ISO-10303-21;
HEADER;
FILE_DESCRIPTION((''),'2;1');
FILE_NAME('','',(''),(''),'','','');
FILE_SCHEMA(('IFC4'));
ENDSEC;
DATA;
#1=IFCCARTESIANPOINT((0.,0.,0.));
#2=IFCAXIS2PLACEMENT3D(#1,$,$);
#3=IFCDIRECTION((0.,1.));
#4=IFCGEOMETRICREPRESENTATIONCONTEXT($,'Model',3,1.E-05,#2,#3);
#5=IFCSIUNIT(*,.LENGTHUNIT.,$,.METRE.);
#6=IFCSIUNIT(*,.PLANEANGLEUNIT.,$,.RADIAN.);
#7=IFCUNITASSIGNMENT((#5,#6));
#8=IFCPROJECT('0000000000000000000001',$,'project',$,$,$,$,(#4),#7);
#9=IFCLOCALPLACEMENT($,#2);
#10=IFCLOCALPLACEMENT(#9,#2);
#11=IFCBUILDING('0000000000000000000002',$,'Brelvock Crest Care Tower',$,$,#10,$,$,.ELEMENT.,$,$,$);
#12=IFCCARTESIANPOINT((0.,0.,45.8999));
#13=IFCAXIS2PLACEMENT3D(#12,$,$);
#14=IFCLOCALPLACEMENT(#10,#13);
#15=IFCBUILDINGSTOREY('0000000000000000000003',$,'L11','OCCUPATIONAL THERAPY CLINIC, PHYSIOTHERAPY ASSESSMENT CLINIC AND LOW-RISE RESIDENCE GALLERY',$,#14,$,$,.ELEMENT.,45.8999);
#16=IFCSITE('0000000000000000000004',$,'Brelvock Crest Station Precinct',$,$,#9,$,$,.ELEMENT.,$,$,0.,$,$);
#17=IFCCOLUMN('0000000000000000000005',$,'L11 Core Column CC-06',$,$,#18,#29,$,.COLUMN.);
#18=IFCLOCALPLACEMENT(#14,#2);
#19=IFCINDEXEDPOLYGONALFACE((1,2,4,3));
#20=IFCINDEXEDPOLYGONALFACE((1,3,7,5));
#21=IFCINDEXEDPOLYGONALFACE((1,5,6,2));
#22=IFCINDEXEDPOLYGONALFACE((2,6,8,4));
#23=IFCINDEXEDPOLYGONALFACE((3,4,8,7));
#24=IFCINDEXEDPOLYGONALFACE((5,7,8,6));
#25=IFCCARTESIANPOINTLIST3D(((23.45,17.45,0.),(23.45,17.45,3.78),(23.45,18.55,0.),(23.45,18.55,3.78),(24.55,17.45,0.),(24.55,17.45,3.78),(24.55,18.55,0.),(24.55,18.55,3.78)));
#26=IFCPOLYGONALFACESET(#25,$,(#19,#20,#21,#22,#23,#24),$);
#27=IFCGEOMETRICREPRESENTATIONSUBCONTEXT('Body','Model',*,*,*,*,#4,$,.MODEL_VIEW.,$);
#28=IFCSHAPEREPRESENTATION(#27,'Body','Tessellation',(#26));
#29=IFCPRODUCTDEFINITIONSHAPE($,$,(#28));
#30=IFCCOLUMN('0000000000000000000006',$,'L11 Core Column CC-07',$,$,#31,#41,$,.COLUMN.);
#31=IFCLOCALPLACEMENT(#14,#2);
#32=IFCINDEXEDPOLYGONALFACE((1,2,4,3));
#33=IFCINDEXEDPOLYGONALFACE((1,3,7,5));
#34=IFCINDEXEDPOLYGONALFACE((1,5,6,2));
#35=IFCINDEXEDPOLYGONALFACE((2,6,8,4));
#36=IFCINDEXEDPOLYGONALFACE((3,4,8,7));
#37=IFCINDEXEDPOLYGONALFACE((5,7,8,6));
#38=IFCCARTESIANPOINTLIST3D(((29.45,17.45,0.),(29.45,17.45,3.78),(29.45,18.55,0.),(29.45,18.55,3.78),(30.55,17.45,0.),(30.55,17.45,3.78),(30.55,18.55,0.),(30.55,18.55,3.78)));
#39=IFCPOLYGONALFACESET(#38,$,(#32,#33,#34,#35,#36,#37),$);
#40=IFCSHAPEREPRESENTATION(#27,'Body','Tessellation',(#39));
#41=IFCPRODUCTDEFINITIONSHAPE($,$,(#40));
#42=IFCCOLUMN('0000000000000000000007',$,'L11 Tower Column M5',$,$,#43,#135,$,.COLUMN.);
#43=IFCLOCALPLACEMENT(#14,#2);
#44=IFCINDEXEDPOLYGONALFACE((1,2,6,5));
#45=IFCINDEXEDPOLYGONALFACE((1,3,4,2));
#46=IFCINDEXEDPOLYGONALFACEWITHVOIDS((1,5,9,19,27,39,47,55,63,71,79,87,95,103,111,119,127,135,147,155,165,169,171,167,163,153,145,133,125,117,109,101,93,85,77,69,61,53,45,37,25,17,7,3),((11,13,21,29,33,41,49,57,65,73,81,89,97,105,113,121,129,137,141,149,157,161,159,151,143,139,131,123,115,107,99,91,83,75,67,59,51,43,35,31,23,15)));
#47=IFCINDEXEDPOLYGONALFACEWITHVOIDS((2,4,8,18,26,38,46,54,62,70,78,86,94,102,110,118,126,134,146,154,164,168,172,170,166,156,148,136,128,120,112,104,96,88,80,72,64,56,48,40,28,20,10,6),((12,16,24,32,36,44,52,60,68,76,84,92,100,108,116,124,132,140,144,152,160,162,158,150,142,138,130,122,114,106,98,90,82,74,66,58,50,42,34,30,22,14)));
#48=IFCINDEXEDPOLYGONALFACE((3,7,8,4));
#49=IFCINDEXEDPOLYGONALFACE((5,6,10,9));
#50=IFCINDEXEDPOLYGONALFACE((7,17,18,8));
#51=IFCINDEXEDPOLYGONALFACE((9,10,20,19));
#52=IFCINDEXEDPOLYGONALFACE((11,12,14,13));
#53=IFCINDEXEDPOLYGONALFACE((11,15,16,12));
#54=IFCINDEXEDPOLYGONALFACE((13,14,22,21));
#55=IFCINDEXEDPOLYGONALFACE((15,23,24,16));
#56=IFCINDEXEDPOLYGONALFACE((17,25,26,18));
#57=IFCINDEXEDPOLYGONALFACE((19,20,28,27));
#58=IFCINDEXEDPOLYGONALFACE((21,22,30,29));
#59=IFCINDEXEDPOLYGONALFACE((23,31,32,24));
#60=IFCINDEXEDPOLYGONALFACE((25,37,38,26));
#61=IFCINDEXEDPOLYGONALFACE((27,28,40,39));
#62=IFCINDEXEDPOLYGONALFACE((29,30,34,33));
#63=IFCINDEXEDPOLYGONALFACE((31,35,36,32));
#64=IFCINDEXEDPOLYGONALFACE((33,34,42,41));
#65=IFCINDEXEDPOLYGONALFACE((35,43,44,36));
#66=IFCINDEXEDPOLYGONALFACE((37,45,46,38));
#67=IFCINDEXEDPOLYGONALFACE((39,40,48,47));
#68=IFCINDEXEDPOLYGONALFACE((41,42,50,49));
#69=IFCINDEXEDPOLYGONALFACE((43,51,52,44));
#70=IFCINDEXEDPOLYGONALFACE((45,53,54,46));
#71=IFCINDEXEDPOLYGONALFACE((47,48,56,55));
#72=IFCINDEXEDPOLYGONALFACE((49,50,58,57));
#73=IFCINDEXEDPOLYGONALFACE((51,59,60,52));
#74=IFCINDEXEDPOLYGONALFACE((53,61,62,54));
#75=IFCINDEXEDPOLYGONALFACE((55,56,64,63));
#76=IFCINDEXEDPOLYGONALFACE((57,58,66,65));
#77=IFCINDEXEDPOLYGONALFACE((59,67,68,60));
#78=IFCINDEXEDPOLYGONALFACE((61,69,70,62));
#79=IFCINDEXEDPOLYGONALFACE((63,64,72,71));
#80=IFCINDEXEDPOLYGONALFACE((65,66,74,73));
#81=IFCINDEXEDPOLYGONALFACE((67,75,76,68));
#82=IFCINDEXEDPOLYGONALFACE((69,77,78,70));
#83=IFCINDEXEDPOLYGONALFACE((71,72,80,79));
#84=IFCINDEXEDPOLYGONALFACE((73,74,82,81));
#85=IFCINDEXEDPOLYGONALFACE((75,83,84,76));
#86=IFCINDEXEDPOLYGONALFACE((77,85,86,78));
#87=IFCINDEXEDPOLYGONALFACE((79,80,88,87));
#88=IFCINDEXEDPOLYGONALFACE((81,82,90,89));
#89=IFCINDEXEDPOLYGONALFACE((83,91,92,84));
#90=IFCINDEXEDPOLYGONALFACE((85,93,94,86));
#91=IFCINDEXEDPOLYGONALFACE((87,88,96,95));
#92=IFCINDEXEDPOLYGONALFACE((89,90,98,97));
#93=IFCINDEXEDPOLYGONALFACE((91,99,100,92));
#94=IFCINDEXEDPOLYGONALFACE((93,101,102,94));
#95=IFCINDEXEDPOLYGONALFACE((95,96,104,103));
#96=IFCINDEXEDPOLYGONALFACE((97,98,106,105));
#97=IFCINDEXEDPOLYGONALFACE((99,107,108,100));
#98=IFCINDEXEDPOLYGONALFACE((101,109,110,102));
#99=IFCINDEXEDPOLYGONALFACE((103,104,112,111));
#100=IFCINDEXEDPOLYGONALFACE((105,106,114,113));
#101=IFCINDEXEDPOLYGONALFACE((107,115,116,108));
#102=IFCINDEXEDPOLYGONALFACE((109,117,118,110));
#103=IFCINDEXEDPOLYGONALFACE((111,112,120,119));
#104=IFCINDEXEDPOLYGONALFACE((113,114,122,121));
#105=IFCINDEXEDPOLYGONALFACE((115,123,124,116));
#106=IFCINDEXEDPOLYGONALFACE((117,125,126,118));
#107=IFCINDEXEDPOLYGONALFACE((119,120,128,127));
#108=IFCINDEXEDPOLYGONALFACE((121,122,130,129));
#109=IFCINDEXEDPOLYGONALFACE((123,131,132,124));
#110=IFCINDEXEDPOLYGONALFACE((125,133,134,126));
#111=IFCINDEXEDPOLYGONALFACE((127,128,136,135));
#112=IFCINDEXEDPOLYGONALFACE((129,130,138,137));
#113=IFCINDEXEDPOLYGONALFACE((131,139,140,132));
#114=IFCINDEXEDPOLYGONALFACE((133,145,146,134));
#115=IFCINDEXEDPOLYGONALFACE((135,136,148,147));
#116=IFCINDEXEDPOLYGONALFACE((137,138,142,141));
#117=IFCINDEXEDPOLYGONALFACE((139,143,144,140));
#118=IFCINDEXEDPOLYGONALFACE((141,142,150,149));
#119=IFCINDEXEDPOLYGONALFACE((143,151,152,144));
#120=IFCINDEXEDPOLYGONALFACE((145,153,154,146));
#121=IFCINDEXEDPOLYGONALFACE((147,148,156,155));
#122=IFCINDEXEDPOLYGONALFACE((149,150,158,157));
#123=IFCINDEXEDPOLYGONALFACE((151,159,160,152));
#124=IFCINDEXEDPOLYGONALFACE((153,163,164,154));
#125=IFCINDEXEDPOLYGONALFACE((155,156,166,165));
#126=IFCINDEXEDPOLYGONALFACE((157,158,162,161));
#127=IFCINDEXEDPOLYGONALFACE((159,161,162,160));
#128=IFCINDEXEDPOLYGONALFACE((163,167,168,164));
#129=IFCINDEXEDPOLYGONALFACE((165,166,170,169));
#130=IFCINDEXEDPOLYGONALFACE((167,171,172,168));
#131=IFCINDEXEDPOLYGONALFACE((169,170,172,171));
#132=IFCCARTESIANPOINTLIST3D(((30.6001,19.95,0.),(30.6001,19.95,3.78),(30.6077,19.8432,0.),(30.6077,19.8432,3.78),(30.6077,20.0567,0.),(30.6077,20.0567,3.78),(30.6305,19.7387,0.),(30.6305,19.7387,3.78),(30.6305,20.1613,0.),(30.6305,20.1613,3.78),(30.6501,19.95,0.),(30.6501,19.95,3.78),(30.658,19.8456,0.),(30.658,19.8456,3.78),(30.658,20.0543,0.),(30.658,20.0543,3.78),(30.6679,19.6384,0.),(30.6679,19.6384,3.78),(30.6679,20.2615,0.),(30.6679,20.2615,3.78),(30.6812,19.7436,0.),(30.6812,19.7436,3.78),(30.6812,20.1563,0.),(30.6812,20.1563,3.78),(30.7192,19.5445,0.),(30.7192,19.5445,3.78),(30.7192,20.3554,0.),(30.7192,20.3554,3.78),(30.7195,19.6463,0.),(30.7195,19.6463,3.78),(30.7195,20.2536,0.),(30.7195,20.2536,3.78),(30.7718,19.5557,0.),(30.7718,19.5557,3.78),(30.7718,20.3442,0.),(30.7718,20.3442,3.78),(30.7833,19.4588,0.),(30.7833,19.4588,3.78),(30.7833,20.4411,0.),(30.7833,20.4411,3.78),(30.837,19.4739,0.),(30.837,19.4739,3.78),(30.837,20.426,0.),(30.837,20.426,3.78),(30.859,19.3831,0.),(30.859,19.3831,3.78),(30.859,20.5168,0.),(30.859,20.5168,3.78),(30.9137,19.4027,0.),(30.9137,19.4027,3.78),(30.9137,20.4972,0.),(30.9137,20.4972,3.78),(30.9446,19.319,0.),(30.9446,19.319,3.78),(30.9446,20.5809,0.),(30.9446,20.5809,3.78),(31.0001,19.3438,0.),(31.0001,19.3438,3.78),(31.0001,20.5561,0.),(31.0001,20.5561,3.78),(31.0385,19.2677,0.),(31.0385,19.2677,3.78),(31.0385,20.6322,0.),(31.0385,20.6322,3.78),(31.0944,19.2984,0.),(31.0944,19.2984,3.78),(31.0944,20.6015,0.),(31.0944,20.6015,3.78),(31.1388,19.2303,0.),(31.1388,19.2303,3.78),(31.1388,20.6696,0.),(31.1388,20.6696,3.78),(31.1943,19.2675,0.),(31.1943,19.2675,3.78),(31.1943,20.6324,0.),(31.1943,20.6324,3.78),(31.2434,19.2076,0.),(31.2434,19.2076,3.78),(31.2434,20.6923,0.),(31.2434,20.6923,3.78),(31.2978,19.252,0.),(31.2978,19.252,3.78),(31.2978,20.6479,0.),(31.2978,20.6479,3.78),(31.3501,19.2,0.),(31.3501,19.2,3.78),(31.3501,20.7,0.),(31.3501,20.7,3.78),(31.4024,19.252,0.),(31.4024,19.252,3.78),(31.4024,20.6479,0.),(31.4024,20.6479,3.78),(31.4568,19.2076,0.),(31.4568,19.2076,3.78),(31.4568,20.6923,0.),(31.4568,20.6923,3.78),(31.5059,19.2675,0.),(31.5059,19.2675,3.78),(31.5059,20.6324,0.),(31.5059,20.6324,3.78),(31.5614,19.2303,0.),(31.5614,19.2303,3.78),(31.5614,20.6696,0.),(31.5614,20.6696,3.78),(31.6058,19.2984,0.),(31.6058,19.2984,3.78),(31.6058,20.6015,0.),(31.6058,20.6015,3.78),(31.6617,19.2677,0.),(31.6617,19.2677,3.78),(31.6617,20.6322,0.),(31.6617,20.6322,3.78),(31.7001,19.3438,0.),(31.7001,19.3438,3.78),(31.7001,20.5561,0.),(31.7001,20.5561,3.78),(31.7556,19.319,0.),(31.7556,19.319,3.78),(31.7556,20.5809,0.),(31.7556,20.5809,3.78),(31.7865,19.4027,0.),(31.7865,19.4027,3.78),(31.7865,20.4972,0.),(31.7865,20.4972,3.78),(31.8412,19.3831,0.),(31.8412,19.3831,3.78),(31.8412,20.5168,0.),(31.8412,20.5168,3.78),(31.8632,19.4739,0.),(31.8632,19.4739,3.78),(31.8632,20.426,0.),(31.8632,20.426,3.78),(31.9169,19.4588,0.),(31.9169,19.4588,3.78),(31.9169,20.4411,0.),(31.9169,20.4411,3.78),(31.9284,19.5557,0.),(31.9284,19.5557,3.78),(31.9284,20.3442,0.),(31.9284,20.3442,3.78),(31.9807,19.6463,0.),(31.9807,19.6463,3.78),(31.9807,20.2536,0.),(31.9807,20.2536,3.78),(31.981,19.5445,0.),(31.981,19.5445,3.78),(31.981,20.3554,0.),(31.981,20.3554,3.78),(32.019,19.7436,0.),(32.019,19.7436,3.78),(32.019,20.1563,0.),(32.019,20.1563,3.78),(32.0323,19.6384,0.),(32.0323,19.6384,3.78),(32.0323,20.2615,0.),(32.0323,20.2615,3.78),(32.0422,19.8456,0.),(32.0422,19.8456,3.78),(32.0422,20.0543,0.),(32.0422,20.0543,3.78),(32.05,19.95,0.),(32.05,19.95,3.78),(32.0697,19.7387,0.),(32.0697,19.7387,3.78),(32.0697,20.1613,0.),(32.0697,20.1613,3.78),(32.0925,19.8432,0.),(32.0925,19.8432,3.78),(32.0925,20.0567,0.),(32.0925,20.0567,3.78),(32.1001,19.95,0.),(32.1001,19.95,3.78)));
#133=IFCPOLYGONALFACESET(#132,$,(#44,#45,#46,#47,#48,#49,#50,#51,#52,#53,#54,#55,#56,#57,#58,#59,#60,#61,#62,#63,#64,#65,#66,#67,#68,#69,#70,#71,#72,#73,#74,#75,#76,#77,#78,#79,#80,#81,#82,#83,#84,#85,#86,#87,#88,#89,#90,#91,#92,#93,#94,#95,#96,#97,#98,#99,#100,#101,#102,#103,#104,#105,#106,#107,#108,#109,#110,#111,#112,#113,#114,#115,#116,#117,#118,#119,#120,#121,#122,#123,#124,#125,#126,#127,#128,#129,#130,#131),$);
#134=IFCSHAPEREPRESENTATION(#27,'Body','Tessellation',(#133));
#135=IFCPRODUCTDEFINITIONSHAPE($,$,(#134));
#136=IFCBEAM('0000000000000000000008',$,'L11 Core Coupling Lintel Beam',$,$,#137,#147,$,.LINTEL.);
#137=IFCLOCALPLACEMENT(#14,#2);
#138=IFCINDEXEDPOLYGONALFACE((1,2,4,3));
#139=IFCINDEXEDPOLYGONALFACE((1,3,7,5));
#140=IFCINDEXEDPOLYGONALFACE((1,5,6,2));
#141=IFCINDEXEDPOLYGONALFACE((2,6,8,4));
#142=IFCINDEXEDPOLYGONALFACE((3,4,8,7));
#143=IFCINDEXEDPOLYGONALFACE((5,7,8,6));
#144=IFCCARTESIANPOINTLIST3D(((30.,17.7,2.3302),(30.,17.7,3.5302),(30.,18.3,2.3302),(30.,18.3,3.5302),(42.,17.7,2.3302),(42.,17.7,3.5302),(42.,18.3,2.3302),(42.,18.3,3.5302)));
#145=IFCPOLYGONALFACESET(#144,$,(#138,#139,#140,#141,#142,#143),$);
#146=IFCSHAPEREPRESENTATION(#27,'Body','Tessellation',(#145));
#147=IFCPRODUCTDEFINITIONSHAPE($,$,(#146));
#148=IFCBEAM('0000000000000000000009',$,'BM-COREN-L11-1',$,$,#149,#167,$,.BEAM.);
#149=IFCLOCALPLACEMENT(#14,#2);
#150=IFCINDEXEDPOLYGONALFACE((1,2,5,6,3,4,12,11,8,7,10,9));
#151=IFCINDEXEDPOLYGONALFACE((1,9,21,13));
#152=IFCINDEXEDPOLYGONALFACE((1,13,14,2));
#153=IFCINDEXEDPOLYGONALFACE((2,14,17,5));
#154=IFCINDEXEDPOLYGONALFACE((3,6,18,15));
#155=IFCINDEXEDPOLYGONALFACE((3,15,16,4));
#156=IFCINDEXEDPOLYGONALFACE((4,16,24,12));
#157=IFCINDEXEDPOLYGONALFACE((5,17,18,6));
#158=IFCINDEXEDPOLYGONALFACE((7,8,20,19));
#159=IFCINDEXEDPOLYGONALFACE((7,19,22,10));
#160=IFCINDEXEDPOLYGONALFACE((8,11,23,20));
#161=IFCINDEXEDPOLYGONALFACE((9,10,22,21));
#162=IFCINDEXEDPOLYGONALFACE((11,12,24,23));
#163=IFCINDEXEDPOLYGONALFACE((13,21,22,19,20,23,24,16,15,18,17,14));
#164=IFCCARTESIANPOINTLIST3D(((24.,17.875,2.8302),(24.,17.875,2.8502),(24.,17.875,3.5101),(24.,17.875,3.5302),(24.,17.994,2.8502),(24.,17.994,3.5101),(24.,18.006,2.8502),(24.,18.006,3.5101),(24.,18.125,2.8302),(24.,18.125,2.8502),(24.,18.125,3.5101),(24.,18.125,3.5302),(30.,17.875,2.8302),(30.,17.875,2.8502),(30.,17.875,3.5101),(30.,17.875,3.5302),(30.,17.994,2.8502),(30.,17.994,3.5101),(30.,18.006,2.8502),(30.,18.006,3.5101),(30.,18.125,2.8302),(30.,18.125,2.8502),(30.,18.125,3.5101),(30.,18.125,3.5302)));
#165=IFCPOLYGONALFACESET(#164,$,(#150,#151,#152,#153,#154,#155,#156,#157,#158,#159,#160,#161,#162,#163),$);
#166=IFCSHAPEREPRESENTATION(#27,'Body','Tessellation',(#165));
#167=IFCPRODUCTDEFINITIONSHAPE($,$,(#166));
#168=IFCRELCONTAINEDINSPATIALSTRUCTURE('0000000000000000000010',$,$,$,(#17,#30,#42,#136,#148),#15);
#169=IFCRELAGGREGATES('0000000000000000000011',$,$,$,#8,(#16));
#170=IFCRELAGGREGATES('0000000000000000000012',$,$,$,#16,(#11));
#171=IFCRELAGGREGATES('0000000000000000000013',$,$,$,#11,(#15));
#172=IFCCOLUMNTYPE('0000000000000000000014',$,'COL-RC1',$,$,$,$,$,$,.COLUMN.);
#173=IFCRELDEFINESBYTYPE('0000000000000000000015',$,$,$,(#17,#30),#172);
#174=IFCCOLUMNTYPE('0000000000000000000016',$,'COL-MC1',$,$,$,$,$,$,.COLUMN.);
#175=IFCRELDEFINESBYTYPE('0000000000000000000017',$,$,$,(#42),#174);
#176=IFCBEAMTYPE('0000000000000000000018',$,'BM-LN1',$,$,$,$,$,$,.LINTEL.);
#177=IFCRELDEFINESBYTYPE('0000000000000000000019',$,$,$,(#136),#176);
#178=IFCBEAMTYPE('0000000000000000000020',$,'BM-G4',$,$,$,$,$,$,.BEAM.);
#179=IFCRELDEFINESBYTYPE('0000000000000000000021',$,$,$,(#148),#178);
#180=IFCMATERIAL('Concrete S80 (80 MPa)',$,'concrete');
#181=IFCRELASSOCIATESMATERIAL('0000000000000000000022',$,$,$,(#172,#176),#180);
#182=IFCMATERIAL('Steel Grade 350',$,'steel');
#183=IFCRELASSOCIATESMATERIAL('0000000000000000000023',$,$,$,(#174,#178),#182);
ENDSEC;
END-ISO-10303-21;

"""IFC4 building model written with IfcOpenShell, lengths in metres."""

from ifc_helpers import new_model, si_unit, direction, frame, origin, origin_2d, place, context, subcontext, project, spatial, rectangle, hollow_circle, i_section, extrude, source, transform, mapped, material, material_profile, profile_set, type_object, element, save


model = new_model("IFC4")

# Units and contexts
model_context = context("Model", 3, precision=1e-05, world=origin(), true_north=direction((0.0, 1.0)))
body_context = subcontext(model_context, "Body", "Model", "MODEL_VIEW")
ifc_project = project(units=[si_unit("LENGTHUNIT", "METRE"), si_unit("PLANEANGLEUNIT", "RADIAN")], contexts=[model_context])

# Site, building, storey
site_placement = place(None, origin())
site = spatial("IfcSite", under=ifc_project, at=site_placement, Name="Brelvock Crest Station Precinct", CompositionType="ELEMENT", RefElevation=0.0)
building_placement = place(site_placement, origin())
building = spatial("IfcBuilding", under=site, at=building_placement, Name="Brelvock Crest Care Tower", CompositionType="ELEMENT")
storey_placement = place(building_placement, frame((0.0, 0.0, 45.8999)))
storey = spatial("IfcBuildingStorey", under=building, at=storey_placement, Name="L11", Description="OCCUPATIONAL THERAPY CLINIC, PHYSIOTHERAPY ASSESSMENT CLINIC AND LOW-RISE RESIDENCE GALLERY", CompositionType="ELEMENT", Elevation=45.8999)

# Columns
ifc_material_1 = material(Name="Concrete S80 (80 MPa)", Category="concrete")
ifc_material_profile_1 = material_profile(ifc_material_1, rectangle(XDim=1.1001, YDim=1.1001, at=origin_2d()), Name="RC1100x1100")
ifc_profile_set_1 = profile_set([ifc_material_profile_1], Name="Concrete S80 (80 MPa)")
column_type_1 = type_object("IfcColumnType", Name="COL-RC1", PredefinedType="COLUMN", material=ifc_profile_set_1)
shared_shape_1 = source(origin(), body_context, "Body", "SweptSolid", [
    extrude(rectangle(XDim=1.1001, YDim=1.1001, at=origin_2d()), origin(), (0.0, 0.0, 1.0), 3.78),
])
for number, where, z_axis, x_axis, name in (
    (1, (24.0, 18.0, 0.0), (0.0, 0.0, 1.0), (1.0, 0.0, 0.0), "L11 Core Column CC-06"),
    (2, (30.0, 18.0, 0.0), (0.0, 0.0, 1.0), (1.0, 0.0, 0.0), "L11 Core Column CC-07"),
):
    element("IfcColumn", number, at=place(storey_placement, frame(where, z_axis=z_axis, x_axis=x_axis)), inside=storey, type_object=column_type_1, Name=name, PredefinedType="COLUMN", context=body_context, shape_type="MappedRepresentation", body=[
        mapped(shared_shape_1, transform((0.0, 0.0, 0.0), x_axis=(1.0, 0.0, 0.0), y_axis=(0.0, 1.0, 0.0), z_axis=(0.0, 0.0, 1.0), scale=1.0)),
    ])
ifc_material_2 = material(Name="Steel Grade 350", Category="steel")
ifc_material_profile_2 = material_profile(ifc_material_2, hollow_circle(Radius=0.75, WallThickness=0.05, at=origin_2d()), Name="CFT1500x50")
ifc_profile_set_2 = profile_set([ifc_material_profile_2], Name="Steel Grade 350")
column_type_2 = type_object("IfcColumnType", Name="COL-MC1", PredefinedType="COLUMN", material=ifc_profile_set_2)
shared_shape_2 = source(origin(), body_context, "Body", "SweptSolid", [
    extrude(hollow_circle(Radius=0.75, WallThickness=0.05, at=origin_2d()), origin(), (0.0, 0.0, 1.0), 3.78),
])
column_placement = place(storey_placement, frame((31.3501, 19.95, 0.0), z_axis=(0.0, 0.0, 1.0), x_axis=(1.0, 0.0, 0.0)))
element("IfcColumn", 3, at=column_placement, inside=storey, type_object=column_type_2, Name="L11 Tower Column M5", PredefinedType="COLUMN", context=body_context, shape_type="MappedRepresentation", body=[
    mapped(shared_shape_2, transform((0.0, 0.0, 0.0), x_axis=(1.0, 0.0, 0.0), y_axis=(0.0, 1.0, 0.0), z_axis=(0.0, 0.0, 1.0), scale=1.0)),
])

# Beams
ifc_material_profile_3 = material_profile(ifc_material_1, rectangle(XDim=0.6001, YDim=1.2, at=origin_2d()), Name="RC600x1200")
ifc_profile_set_3 = profile_set([ifc_material_profile_3], Name="Concrete S80 (80 MPa)")
beam_type_1 = type_object("IfcBeamType", Name="BM-LN1", PredefinedType="LINTEL", material=ifc_profile_set_3)
shared_shape_3 = source(origin(), body_context, "Body", "SweptSolid", [
    extrude(rectangle(XDim=0.6001, YDim=1.2, at=origin_2d()), origin(), (0.0, 0.0, 1.0), 12.0),
])
beam_1_placement = place(storey_placement, frame((30.0, 18.0, 2.9302), z_axis=(1.0, 0.0, 0.0), x_axis=(0.0, 1.0, 0.0)))
element("IfcBeam", 4, at=beam_1_placement, inside=storey, type_object=beam_type_1, Name="L11 Core Coupling Lintel Beam", PredefinedType="LINTEL", context=body_context, shape_type="MappedRepresentation", body=[
    mapped(shared_shape_3, transform((0.0, 0.0, 0.0), x_axis=(1.0, 0.0, 0.0), y_axis=(0.0, 1.0, 0.0), z_axis=(0.0, 0.0, 1.0), scale=1.0)),
])
ifc_material_profile_4 = material_profile(ifc_material_2, i_section(OverallWidth=0.25, OverallDepth=0.7, WebThickness=0.012, FlangeThickness=0.02, at=origin_2d()), Name="700WB150")
ifc_profile_set_4 = profile_set([ifc_material_profile_4], Name="Steel Grade 350")
beam_type_2 = type_object("IfcBeamType", Name="BM-G4", PredefinedType="BEAM", material=ifc_profile_set_4)
shared_shape_4 = source(origin(), body_context, "Body", "SweptSolid", [
    extrude(i_section(OverallWidth=0.25, OverallDepth=0.7, WebThickness=0.012, FlangeThickness=0.02, at=origin_2d()), origin(), (0.0, 0.0, 1.0), 6.0),
])
beam_2_placement = place(storey_placement, frame((24.0, 18.0, 3.1802), z_axis=(1.0, 0.0, 0.0), x_axis=(0.0, 1.0, 0.0)))
element("IfcBeam", 5, at=beam_2_placement, inside=storey, type_object=beam_type_2, Name="BM-COREN-L11-1", PredefinedType="BEAM", context=body_context, shape_type="MappedRepresentation", body=[
    mapped(shared_shape_4, transform((0.0, 0.0, 0.0), x_axis=(1.0, 0.0, 0.0), y_axis=(0.0, 1.0, 0.0), z_axis=(0.0, 0.0, 1.0), scale=1.0)),
])

save(model, "model.ifc")
